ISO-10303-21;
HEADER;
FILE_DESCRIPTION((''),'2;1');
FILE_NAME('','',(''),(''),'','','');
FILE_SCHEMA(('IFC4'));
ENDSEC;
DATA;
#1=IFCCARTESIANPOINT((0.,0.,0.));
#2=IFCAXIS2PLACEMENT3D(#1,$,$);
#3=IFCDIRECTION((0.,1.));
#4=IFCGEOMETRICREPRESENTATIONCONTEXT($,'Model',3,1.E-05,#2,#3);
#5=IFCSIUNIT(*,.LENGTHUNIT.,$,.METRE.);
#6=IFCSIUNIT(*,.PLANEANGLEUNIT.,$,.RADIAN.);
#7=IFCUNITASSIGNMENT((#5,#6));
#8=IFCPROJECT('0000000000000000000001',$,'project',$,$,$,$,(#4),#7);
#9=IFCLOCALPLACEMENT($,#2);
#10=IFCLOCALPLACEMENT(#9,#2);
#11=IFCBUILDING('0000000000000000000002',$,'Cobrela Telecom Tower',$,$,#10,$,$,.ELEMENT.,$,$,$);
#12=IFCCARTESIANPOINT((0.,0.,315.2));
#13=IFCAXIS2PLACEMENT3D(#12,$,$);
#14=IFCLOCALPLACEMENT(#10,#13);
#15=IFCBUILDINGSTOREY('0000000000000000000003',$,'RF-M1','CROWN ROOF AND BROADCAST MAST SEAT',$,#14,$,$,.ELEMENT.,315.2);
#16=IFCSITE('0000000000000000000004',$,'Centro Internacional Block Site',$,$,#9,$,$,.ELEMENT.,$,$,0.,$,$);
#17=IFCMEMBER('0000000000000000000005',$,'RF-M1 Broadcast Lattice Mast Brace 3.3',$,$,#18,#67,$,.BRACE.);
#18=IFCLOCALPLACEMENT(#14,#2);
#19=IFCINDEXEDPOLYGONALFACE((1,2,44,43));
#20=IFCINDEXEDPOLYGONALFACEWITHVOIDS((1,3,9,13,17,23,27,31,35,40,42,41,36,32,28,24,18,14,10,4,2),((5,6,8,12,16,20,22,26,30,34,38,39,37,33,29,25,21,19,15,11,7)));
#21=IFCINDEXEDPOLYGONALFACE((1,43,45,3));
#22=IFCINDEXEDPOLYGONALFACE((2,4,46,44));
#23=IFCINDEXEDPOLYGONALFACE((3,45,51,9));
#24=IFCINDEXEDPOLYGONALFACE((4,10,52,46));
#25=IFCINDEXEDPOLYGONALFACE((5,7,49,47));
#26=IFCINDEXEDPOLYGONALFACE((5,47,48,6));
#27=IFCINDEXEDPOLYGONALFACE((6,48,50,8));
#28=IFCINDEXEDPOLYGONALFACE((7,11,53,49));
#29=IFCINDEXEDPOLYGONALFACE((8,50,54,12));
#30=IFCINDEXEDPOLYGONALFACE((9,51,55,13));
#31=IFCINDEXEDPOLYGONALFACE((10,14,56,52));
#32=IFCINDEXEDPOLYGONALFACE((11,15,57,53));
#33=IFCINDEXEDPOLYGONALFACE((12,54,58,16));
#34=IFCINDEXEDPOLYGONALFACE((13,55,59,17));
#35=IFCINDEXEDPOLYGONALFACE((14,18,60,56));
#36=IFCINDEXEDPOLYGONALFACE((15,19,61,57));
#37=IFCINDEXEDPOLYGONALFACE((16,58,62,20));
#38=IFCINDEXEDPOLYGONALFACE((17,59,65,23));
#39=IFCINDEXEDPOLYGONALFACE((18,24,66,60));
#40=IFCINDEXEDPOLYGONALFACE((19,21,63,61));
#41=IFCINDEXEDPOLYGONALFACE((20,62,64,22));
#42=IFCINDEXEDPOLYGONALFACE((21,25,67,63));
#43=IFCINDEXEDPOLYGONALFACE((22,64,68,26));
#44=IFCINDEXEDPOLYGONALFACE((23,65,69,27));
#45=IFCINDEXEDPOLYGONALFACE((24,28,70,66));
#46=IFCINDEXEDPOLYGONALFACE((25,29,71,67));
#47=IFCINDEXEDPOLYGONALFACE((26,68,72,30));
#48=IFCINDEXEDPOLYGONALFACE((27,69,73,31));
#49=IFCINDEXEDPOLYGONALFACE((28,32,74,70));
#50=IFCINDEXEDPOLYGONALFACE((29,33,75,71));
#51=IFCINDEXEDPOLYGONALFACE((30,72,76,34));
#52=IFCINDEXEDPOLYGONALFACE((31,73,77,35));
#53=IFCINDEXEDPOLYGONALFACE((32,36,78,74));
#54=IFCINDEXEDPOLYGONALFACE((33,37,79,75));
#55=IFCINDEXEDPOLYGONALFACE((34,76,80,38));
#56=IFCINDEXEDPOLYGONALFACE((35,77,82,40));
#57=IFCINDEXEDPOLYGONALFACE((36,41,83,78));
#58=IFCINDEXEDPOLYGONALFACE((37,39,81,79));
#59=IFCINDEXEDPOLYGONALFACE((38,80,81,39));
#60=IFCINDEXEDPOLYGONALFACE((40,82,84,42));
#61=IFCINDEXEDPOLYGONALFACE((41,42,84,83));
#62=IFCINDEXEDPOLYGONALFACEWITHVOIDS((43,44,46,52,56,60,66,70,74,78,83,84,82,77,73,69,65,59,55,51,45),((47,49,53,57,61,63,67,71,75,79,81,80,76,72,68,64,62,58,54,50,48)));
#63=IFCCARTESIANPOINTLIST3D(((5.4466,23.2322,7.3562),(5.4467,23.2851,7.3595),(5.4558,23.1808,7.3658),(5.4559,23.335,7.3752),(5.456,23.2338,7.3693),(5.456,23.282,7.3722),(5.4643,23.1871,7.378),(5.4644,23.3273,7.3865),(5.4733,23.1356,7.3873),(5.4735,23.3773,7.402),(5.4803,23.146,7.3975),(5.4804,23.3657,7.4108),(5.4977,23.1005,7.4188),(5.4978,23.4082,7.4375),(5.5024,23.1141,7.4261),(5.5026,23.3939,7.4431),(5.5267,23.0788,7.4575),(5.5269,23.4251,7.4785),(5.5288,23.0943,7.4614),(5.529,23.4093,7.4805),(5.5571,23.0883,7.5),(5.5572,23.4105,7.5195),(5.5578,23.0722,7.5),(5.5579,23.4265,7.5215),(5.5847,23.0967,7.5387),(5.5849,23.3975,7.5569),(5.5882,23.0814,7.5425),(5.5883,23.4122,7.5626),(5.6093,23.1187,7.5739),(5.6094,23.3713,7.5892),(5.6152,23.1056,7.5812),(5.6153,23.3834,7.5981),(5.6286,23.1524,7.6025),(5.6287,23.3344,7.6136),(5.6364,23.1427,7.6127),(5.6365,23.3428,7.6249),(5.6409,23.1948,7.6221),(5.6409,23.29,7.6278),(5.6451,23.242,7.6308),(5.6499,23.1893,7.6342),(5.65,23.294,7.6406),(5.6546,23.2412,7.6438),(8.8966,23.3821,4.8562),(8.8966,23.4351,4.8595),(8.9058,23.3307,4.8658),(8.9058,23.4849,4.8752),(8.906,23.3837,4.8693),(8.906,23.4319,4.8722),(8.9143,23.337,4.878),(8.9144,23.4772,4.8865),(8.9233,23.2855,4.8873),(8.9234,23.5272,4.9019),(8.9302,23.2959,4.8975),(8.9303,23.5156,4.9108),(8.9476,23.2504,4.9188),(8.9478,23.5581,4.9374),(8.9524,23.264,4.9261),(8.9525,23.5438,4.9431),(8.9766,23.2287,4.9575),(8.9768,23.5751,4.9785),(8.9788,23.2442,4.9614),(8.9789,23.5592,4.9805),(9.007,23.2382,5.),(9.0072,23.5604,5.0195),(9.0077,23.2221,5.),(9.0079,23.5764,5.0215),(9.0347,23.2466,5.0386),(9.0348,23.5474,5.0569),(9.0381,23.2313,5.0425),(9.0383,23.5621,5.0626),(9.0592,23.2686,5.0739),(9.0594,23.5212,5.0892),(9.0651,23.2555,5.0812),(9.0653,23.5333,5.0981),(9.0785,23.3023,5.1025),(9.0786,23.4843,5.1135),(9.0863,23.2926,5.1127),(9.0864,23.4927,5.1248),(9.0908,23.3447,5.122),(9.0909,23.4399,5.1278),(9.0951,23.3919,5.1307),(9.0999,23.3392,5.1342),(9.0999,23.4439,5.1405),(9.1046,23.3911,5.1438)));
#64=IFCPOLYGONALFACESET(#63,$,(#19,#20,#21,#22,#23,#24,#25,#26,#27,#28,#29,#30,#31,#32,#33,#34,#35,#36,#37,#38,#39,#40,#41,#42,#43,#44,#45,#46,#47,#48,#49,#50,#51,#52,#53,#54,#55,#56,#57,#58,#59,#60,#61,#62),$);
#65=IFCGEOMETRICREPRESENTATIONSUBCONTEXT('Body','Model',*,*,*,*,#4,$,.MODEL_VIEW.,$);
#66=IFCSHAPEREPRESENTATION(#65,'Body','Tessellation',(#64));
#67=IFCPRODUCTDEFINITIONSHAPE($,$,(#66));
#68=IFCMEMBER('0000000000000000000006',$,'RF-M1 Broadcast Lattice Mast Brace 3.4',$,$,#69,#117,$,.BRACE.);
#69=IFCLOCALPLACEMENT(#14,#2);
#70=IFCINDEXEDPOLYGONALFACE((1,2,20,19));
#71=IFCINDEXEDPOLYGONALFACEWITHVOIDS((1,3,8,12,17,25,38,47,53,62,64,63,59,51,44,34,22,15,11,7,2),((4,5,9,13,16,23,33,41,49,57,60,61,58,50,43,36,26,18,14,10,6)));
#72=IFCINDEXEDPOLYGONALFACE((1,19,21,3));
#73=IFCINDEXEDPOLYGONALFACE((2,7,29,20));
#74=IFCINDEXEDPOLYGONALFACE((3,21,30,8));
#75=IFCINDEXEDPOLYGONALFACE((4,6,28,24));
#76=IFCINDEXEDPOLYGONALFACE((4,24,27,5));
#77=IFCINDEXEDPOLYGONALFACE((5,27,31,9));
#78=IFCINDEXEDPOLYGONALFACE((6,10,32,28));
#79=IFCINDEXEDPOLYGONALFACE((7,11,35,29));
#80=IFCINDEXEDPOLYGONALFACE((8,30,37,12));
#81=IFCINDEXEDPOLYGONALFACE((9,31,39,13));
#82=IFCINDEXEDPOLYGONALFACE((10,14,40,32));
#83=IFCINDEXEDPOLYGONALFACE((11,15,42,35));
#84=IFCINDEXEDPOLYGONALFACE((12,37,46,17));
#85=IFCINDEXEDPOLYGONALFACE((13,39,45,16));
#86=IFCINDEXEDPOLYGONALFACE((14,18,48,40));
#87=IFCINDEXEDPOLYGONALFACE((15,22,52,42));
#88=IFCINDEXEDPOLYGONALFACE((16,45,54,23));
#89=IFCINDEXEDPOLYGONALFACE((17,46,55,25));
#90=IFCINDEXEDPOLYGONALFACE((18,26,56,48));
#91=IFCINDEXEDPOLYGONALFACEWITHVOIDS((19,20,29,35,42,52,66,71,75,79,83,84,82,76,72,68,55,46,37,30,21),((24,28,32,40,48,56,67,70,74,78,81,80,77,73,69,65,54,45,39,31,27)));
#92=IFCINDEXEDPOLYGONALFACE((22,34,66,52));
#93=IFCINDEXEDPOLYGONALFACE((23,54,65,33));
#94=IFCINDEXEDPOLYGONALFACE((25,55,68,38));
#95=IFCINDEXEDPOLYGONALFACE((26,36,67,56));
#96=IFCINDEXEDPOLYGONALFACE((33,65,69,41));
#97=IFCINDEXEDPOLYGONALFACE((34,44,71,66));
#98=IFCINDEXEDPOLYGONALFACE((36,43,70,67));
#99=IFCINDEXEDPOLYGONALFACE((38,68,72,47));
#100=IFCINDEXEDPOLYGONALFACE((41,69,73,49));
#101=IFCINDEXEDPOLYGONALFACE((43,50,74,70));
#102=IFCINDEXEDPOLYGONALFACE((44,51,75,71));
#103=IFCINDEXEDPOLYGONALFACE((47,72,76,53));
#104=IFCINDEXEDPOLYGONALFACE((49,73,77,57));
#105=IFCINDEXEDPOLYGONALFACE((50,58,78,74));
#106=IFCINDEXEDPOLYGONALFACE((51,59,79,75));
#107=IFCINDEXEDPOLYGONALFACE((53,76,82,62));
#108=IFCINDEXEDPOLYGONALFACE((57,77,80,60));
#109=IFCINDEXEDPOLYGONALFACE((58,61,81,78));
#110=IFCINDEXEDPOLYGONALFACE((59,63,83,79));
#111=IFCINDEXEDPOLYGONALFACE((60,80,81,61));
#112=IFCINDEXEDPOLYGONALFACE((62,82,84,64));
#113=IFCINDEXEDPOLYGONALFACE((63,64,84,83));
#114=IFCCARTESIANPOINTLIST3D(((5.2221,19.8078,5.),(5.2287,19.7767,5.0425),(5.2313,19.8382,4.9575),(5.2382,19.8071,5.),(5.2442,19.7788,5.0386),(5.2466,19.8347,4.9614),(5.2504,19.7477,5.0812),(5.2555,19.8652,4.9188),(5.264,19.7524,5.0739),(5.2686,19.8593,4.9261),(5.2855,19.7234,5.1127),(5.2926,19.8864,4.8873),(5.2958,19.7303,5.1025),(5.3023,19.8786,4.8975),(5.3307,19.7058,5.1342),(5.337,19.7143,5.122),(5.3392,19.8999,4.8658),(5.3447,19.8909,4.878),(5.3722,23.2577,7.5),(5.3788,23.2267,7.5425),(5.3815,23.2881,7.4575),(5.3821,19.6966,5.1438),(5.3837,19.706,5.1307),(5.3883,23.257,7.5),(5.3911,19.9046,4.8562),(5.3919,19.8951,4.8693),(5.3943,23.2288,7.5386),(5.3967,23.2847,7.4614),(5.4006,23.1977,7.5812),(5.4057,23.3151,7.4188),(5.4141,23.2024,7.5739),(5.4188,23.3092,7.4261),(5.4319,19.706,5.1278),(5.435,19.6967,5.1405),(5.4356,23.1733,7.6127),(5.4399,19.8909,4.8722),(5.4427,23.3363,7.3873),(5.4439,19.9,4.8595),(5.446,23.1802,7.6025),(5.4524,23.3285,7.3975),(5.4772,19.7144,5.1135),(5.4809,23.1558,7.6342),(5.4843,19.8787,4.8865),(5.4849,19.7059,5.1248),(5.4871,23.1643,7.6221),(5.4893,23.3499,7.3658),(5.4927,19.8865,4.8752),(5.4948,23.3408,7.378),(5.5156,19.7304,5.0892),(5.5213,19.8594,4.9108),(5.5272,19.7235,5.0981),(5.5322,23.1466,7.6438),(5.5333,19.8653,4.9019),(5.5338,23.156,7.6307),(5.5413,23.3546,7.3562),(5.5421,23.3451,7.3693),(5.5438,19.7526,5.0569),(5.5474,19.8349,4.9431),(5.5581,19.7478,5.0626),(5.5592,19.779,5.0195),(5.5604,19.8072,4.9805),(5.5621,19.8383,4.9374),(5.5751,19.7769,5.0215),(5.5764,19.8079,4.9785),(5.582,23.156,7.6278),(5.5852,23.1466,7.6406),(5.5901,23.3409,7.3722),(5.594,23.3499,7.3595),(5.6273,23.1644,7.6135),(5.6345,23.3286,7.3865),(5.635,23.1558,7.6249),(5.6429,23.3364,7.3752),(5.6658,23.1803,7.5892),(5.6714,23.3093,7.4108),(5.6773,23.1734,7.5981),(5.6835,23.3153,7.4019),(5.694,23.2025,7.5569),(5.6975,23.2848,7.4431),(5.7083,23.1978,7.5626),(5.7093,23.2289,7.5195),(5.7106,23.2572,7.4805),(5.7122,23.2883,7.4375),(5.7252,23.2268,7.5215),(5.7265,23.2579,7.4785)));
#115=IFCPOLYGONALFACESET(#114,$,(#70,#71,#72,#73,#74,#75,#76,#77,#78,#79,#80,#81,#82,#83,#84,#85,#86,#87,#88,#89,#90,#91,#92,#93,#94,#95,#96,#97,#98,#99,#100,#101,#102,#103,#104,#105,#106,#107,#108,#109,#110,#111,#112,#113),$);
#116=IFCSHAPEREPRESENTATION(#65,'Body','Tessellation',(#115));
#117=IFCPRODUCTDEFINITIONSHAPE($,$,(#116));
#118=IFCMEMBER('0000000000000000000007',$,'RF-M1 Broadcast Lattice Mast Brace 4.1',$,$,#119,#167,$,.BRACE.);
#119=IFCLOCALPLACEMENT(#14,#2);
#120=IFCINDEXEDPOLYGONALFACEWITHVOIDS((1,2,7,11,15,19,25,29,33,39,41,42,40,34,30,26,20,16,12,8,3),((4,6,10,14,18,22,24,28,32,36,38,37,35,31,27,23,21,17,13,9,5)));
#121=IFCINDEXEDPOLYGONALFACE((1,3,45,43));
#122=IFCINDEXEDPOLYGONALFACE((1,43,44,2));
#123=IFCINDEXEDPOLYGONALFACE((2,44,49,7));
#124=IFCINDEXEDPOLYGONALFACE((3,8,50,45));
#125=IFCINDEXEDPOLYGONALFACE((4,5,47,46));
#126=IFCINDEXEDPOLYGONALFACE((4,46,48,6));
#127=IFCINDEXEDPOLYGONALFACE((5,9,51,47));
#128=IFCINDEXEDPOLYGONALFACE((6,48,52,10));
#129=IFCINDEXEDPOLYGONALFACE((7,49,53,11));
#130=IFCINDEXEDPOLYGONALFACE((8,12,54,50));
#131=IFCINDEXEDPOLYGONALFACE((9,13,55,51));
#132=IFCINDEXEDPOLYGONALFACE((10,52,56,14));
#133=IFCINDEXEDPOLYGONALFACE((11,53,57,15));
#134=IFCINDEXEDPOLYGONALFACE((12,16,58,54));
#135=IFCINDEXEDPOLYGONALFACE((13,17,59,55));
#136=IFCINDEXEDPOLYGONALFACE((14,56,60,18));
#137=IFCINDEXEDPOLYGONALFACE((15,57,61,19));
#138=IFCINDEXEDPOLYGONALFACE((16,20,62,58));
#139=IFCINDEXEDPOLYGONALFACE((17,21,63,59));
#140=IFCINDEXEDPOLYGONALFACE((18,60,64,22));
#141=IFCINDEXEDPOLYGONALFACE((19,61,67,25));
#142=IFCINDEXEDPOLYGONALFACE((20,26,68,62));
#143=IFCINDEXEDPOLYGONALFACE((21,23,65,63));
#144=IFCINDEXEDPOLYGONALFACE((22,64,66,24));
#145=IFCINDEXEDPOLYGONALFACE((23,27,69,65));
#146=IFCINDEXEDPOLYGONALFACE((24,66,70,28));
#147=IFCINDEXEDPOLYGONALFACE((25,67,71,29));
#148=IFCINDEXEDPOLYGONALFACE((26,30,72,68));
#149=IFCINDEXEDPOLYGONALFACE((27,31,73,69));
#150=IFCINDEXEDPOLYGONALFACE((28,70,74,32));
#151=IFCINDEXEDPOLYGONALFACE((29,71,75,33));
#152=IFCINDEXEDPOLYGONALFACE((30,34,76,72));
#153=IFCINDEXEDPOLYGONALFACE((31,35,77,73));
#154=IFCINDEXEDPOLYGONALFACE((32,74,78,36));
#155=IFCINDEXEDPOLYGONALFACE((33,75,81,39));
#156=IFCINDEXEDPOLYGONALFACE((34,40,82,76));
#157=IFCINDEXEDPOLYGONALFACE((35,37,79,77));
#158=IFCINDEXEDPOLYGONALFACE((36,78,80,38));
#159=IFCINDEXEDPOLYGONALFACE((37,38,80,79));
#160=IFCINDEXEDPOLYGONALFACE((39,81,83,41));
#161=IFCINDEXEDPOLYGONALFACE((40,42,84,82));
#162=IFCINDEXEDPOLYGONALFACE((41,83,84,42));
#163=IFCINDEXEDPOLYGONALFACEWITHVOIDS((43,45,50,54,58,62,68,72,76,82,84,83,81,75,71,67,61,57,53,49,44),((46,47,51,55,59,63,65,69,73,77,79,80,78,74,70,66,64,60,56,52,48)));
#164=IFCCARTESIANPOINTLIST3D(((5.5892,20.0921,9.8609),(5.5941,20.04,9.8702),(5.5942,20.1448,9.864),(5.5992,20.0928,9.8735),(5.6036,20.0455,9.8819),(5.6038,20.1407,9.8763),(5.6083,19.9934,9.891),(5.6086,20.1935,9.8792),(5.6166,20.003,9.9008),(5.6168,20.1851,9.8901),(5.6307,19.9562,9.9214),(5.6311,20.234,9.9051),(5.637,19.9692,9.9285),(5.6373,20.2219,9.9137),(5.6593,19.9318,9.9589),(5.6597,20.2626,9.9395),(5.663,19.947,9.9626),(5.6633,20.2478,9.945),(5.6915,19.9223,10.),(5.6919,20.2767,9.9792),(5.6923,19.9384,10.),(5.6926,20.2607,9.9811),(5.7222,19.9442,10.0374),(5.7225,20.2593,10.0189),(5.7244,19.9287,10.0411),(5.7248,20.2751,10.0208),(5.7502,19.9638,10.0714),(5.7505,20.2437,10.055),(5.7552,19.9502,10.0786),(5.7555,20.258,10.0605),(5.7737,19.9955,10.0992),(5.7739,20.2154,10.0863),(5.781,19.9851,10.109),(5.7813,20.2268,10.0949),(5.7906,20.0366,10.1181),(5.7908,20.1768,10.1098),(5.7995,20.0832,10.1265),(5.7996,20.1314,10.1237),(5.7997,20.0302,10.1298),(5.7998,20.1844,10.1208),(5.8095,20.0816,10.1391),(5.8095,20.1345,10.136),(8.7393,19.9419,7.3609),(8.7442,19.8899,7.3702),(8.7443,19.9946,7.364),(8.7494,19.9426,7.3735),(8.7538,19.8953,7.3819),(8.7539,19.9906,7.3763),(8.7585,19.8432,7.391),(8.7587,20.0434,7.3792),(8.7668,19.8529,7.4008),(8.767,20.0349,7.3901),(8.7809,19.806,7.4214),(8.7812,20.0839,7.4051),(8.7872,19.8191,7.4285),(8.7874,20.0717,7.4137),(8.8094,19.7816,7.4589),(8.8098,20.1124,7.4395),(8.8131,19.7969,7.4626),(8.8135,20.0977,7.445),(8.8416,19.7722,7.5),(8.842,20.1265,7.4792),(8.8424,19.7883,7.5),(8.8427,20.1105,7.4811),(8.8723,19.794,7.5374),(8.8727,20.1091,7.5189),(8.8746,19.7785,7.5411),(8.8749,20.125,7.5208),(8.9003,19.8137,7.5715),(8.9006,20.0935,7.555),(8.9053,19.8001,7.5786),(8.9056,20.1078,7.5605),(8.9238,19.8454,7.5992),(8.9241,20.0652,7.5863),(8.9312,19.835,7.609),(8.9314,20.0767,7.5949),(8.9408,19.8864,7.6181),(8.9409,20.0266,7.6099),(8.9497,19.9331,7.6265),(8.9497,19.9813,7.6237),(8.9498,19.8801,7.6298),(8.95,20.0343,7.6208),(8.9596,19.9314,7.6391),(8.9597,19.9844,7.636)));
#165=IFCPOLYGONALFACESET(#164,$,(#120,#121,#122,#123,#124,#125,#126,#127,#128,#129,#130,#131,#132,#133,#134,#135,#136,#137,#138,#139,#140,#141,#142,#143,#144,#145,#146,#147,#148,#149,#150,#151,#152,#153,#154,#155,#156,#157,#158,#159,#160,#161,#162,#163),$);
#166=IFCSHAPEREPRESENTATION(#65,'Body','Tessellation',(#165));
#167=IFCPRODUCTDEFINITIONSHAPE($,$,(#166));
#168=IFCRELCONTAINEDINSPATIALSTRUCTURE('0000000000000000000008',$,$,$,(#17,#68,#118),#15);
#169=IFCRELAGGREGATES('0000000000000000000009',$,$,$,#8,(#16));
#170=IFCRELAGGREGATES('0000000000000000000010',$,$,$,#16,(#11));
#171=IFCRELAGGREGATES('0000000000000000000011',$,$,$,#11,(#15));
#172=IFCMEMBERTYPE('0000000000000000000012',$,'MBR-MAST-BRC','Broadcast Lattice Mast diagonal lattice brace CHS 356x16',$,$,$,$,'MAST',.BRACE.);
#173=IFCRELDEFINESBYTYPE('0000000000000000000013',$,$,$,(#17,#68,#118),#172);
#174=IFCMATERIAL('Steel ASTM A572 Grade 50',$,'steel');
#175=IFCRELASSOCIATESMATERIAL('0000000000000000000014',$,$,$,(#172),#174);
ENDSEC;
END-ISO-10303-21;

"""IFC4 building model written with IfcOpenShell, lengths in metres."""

from ifc_helpers import new_model, si_unit, direction, frame, origin, origin_2d, place, context, subcontext, project, spatial, hollow_circle, extrude, material, material_profile, profile_set, type_object, element, save


model = new_model("IFC4")

# Units and contexts
model_context = context("Model", 3, precision=1e-05, world=origin(), true_north=direction((0.0, 1.0)))
body_context = subcontext(model_context, "Body", "Model", "MODEL_VIEW")
ifc_project = project(units=[si_unit("LENGTHUNIT", "METRE"), si_unit("PLANEANGLEUNIT", "RADIAN")], contexts=[model_context])

# Site, building, storey
site_placement = place(None, origin())
site = spatial("IfcSite", under=ifc_project, at=site_placement, Name="Centro Internacional Block Site", CompositionType="ELEMENT", RefElevation=0.0)
building_placement = place(site_placement, origin())
building = spatial("IfcBuilding", under=site, at=building_placement, Name="Cobrela Telecom Tower", CompositionType="ELEMENT")
storey_placement = place(building_placement, frame((0.0, 0.0, 315.2)))
storey = spatial("IfcBuildingStorey", under=building, at=storey_placement, Name="RF-M1", Description="CROWN ROOF AND BROADCAST MAST SEAT", CompositionType="ELEMENT", Elevation=315.2)

# Shared definitions
ifc_material = material(Name="Steel ASTM A572 Grade 50", Category="steel")

# Members
ifc_material_profile_1 = material_profile(ifc_material, hollow_circle(Radius=0.178, WallThickness=0.0161, at=origin_2d()), Name="CHS 356x16")
ifc_profile_set_1 = profile_set([ifc_material_profile_1], Name="Steel ASTM A572 Grade 50")
member_type = type_object("IfcMemberType", Name="MBR-MAST-BRC", Description="Broadcast Lattice Mast diagonal lattice brace CHS 356x16", ElementType="MAST", PredefinedType="BRACE", material=ifc_profile_set_1)
for number, where, z_axis, x_axis, name in (
    (1, (9.0, 23.3999, 5.0), (-0.809245, -0.035162, 0.586418), (0.04341, -0.999057, 0.0), "RF-M1 Broadcast Lattice Mast Brace 3.3"),
    (2, (5.3999, 19.8, 5.0), (0.035219, 0.809244, 0.586417), (-0.999054, 0.04348, 0.0), "RF-M1 Broadcast Lattice Mast Brace 3.4"),
):
    element("IfcMember", number, at=place(storey_placement, frame(where, z_axis=z_axis, x_axis=x_axis)), inside=storey, type_object=member_type, Name=name, PredefinedType="BRACE", context=body_context, shape_type="SweptSolid", body=[
        extrude(hollow_circle(Radius=0.178, WallThickness=0.0161, at=origin_2d()), origin(), (0.0, 0.0, 1.0), 4.2632),
    ])
for number, where, z_axis, x_axis, name in (
    (3, (8.8501, 19.95, 7.5), (-0.782758, 0.037309, 0.621207), (-0.047609, -0.998866, 0.0), "RF-M1 Broadcast Lattice Mast Brace 4.1"),
):
    element("IfcMember", number, at=place(storey_placement, frame(where, z_axis=z_axis, x_axis=x_axis)), inside=storey, type_object=member_type, Name=name, PredefinedType="BRACE", context=body_context, shape_type="SweptSolid", body=[
        extrude(hollow_circle(Radius=0.178, WallThickness=0.0161, at=origin_2d()), origin(), (0.0, 0.0, 1.0), 4.0244),
    ])

save(model, "model.ifc")
